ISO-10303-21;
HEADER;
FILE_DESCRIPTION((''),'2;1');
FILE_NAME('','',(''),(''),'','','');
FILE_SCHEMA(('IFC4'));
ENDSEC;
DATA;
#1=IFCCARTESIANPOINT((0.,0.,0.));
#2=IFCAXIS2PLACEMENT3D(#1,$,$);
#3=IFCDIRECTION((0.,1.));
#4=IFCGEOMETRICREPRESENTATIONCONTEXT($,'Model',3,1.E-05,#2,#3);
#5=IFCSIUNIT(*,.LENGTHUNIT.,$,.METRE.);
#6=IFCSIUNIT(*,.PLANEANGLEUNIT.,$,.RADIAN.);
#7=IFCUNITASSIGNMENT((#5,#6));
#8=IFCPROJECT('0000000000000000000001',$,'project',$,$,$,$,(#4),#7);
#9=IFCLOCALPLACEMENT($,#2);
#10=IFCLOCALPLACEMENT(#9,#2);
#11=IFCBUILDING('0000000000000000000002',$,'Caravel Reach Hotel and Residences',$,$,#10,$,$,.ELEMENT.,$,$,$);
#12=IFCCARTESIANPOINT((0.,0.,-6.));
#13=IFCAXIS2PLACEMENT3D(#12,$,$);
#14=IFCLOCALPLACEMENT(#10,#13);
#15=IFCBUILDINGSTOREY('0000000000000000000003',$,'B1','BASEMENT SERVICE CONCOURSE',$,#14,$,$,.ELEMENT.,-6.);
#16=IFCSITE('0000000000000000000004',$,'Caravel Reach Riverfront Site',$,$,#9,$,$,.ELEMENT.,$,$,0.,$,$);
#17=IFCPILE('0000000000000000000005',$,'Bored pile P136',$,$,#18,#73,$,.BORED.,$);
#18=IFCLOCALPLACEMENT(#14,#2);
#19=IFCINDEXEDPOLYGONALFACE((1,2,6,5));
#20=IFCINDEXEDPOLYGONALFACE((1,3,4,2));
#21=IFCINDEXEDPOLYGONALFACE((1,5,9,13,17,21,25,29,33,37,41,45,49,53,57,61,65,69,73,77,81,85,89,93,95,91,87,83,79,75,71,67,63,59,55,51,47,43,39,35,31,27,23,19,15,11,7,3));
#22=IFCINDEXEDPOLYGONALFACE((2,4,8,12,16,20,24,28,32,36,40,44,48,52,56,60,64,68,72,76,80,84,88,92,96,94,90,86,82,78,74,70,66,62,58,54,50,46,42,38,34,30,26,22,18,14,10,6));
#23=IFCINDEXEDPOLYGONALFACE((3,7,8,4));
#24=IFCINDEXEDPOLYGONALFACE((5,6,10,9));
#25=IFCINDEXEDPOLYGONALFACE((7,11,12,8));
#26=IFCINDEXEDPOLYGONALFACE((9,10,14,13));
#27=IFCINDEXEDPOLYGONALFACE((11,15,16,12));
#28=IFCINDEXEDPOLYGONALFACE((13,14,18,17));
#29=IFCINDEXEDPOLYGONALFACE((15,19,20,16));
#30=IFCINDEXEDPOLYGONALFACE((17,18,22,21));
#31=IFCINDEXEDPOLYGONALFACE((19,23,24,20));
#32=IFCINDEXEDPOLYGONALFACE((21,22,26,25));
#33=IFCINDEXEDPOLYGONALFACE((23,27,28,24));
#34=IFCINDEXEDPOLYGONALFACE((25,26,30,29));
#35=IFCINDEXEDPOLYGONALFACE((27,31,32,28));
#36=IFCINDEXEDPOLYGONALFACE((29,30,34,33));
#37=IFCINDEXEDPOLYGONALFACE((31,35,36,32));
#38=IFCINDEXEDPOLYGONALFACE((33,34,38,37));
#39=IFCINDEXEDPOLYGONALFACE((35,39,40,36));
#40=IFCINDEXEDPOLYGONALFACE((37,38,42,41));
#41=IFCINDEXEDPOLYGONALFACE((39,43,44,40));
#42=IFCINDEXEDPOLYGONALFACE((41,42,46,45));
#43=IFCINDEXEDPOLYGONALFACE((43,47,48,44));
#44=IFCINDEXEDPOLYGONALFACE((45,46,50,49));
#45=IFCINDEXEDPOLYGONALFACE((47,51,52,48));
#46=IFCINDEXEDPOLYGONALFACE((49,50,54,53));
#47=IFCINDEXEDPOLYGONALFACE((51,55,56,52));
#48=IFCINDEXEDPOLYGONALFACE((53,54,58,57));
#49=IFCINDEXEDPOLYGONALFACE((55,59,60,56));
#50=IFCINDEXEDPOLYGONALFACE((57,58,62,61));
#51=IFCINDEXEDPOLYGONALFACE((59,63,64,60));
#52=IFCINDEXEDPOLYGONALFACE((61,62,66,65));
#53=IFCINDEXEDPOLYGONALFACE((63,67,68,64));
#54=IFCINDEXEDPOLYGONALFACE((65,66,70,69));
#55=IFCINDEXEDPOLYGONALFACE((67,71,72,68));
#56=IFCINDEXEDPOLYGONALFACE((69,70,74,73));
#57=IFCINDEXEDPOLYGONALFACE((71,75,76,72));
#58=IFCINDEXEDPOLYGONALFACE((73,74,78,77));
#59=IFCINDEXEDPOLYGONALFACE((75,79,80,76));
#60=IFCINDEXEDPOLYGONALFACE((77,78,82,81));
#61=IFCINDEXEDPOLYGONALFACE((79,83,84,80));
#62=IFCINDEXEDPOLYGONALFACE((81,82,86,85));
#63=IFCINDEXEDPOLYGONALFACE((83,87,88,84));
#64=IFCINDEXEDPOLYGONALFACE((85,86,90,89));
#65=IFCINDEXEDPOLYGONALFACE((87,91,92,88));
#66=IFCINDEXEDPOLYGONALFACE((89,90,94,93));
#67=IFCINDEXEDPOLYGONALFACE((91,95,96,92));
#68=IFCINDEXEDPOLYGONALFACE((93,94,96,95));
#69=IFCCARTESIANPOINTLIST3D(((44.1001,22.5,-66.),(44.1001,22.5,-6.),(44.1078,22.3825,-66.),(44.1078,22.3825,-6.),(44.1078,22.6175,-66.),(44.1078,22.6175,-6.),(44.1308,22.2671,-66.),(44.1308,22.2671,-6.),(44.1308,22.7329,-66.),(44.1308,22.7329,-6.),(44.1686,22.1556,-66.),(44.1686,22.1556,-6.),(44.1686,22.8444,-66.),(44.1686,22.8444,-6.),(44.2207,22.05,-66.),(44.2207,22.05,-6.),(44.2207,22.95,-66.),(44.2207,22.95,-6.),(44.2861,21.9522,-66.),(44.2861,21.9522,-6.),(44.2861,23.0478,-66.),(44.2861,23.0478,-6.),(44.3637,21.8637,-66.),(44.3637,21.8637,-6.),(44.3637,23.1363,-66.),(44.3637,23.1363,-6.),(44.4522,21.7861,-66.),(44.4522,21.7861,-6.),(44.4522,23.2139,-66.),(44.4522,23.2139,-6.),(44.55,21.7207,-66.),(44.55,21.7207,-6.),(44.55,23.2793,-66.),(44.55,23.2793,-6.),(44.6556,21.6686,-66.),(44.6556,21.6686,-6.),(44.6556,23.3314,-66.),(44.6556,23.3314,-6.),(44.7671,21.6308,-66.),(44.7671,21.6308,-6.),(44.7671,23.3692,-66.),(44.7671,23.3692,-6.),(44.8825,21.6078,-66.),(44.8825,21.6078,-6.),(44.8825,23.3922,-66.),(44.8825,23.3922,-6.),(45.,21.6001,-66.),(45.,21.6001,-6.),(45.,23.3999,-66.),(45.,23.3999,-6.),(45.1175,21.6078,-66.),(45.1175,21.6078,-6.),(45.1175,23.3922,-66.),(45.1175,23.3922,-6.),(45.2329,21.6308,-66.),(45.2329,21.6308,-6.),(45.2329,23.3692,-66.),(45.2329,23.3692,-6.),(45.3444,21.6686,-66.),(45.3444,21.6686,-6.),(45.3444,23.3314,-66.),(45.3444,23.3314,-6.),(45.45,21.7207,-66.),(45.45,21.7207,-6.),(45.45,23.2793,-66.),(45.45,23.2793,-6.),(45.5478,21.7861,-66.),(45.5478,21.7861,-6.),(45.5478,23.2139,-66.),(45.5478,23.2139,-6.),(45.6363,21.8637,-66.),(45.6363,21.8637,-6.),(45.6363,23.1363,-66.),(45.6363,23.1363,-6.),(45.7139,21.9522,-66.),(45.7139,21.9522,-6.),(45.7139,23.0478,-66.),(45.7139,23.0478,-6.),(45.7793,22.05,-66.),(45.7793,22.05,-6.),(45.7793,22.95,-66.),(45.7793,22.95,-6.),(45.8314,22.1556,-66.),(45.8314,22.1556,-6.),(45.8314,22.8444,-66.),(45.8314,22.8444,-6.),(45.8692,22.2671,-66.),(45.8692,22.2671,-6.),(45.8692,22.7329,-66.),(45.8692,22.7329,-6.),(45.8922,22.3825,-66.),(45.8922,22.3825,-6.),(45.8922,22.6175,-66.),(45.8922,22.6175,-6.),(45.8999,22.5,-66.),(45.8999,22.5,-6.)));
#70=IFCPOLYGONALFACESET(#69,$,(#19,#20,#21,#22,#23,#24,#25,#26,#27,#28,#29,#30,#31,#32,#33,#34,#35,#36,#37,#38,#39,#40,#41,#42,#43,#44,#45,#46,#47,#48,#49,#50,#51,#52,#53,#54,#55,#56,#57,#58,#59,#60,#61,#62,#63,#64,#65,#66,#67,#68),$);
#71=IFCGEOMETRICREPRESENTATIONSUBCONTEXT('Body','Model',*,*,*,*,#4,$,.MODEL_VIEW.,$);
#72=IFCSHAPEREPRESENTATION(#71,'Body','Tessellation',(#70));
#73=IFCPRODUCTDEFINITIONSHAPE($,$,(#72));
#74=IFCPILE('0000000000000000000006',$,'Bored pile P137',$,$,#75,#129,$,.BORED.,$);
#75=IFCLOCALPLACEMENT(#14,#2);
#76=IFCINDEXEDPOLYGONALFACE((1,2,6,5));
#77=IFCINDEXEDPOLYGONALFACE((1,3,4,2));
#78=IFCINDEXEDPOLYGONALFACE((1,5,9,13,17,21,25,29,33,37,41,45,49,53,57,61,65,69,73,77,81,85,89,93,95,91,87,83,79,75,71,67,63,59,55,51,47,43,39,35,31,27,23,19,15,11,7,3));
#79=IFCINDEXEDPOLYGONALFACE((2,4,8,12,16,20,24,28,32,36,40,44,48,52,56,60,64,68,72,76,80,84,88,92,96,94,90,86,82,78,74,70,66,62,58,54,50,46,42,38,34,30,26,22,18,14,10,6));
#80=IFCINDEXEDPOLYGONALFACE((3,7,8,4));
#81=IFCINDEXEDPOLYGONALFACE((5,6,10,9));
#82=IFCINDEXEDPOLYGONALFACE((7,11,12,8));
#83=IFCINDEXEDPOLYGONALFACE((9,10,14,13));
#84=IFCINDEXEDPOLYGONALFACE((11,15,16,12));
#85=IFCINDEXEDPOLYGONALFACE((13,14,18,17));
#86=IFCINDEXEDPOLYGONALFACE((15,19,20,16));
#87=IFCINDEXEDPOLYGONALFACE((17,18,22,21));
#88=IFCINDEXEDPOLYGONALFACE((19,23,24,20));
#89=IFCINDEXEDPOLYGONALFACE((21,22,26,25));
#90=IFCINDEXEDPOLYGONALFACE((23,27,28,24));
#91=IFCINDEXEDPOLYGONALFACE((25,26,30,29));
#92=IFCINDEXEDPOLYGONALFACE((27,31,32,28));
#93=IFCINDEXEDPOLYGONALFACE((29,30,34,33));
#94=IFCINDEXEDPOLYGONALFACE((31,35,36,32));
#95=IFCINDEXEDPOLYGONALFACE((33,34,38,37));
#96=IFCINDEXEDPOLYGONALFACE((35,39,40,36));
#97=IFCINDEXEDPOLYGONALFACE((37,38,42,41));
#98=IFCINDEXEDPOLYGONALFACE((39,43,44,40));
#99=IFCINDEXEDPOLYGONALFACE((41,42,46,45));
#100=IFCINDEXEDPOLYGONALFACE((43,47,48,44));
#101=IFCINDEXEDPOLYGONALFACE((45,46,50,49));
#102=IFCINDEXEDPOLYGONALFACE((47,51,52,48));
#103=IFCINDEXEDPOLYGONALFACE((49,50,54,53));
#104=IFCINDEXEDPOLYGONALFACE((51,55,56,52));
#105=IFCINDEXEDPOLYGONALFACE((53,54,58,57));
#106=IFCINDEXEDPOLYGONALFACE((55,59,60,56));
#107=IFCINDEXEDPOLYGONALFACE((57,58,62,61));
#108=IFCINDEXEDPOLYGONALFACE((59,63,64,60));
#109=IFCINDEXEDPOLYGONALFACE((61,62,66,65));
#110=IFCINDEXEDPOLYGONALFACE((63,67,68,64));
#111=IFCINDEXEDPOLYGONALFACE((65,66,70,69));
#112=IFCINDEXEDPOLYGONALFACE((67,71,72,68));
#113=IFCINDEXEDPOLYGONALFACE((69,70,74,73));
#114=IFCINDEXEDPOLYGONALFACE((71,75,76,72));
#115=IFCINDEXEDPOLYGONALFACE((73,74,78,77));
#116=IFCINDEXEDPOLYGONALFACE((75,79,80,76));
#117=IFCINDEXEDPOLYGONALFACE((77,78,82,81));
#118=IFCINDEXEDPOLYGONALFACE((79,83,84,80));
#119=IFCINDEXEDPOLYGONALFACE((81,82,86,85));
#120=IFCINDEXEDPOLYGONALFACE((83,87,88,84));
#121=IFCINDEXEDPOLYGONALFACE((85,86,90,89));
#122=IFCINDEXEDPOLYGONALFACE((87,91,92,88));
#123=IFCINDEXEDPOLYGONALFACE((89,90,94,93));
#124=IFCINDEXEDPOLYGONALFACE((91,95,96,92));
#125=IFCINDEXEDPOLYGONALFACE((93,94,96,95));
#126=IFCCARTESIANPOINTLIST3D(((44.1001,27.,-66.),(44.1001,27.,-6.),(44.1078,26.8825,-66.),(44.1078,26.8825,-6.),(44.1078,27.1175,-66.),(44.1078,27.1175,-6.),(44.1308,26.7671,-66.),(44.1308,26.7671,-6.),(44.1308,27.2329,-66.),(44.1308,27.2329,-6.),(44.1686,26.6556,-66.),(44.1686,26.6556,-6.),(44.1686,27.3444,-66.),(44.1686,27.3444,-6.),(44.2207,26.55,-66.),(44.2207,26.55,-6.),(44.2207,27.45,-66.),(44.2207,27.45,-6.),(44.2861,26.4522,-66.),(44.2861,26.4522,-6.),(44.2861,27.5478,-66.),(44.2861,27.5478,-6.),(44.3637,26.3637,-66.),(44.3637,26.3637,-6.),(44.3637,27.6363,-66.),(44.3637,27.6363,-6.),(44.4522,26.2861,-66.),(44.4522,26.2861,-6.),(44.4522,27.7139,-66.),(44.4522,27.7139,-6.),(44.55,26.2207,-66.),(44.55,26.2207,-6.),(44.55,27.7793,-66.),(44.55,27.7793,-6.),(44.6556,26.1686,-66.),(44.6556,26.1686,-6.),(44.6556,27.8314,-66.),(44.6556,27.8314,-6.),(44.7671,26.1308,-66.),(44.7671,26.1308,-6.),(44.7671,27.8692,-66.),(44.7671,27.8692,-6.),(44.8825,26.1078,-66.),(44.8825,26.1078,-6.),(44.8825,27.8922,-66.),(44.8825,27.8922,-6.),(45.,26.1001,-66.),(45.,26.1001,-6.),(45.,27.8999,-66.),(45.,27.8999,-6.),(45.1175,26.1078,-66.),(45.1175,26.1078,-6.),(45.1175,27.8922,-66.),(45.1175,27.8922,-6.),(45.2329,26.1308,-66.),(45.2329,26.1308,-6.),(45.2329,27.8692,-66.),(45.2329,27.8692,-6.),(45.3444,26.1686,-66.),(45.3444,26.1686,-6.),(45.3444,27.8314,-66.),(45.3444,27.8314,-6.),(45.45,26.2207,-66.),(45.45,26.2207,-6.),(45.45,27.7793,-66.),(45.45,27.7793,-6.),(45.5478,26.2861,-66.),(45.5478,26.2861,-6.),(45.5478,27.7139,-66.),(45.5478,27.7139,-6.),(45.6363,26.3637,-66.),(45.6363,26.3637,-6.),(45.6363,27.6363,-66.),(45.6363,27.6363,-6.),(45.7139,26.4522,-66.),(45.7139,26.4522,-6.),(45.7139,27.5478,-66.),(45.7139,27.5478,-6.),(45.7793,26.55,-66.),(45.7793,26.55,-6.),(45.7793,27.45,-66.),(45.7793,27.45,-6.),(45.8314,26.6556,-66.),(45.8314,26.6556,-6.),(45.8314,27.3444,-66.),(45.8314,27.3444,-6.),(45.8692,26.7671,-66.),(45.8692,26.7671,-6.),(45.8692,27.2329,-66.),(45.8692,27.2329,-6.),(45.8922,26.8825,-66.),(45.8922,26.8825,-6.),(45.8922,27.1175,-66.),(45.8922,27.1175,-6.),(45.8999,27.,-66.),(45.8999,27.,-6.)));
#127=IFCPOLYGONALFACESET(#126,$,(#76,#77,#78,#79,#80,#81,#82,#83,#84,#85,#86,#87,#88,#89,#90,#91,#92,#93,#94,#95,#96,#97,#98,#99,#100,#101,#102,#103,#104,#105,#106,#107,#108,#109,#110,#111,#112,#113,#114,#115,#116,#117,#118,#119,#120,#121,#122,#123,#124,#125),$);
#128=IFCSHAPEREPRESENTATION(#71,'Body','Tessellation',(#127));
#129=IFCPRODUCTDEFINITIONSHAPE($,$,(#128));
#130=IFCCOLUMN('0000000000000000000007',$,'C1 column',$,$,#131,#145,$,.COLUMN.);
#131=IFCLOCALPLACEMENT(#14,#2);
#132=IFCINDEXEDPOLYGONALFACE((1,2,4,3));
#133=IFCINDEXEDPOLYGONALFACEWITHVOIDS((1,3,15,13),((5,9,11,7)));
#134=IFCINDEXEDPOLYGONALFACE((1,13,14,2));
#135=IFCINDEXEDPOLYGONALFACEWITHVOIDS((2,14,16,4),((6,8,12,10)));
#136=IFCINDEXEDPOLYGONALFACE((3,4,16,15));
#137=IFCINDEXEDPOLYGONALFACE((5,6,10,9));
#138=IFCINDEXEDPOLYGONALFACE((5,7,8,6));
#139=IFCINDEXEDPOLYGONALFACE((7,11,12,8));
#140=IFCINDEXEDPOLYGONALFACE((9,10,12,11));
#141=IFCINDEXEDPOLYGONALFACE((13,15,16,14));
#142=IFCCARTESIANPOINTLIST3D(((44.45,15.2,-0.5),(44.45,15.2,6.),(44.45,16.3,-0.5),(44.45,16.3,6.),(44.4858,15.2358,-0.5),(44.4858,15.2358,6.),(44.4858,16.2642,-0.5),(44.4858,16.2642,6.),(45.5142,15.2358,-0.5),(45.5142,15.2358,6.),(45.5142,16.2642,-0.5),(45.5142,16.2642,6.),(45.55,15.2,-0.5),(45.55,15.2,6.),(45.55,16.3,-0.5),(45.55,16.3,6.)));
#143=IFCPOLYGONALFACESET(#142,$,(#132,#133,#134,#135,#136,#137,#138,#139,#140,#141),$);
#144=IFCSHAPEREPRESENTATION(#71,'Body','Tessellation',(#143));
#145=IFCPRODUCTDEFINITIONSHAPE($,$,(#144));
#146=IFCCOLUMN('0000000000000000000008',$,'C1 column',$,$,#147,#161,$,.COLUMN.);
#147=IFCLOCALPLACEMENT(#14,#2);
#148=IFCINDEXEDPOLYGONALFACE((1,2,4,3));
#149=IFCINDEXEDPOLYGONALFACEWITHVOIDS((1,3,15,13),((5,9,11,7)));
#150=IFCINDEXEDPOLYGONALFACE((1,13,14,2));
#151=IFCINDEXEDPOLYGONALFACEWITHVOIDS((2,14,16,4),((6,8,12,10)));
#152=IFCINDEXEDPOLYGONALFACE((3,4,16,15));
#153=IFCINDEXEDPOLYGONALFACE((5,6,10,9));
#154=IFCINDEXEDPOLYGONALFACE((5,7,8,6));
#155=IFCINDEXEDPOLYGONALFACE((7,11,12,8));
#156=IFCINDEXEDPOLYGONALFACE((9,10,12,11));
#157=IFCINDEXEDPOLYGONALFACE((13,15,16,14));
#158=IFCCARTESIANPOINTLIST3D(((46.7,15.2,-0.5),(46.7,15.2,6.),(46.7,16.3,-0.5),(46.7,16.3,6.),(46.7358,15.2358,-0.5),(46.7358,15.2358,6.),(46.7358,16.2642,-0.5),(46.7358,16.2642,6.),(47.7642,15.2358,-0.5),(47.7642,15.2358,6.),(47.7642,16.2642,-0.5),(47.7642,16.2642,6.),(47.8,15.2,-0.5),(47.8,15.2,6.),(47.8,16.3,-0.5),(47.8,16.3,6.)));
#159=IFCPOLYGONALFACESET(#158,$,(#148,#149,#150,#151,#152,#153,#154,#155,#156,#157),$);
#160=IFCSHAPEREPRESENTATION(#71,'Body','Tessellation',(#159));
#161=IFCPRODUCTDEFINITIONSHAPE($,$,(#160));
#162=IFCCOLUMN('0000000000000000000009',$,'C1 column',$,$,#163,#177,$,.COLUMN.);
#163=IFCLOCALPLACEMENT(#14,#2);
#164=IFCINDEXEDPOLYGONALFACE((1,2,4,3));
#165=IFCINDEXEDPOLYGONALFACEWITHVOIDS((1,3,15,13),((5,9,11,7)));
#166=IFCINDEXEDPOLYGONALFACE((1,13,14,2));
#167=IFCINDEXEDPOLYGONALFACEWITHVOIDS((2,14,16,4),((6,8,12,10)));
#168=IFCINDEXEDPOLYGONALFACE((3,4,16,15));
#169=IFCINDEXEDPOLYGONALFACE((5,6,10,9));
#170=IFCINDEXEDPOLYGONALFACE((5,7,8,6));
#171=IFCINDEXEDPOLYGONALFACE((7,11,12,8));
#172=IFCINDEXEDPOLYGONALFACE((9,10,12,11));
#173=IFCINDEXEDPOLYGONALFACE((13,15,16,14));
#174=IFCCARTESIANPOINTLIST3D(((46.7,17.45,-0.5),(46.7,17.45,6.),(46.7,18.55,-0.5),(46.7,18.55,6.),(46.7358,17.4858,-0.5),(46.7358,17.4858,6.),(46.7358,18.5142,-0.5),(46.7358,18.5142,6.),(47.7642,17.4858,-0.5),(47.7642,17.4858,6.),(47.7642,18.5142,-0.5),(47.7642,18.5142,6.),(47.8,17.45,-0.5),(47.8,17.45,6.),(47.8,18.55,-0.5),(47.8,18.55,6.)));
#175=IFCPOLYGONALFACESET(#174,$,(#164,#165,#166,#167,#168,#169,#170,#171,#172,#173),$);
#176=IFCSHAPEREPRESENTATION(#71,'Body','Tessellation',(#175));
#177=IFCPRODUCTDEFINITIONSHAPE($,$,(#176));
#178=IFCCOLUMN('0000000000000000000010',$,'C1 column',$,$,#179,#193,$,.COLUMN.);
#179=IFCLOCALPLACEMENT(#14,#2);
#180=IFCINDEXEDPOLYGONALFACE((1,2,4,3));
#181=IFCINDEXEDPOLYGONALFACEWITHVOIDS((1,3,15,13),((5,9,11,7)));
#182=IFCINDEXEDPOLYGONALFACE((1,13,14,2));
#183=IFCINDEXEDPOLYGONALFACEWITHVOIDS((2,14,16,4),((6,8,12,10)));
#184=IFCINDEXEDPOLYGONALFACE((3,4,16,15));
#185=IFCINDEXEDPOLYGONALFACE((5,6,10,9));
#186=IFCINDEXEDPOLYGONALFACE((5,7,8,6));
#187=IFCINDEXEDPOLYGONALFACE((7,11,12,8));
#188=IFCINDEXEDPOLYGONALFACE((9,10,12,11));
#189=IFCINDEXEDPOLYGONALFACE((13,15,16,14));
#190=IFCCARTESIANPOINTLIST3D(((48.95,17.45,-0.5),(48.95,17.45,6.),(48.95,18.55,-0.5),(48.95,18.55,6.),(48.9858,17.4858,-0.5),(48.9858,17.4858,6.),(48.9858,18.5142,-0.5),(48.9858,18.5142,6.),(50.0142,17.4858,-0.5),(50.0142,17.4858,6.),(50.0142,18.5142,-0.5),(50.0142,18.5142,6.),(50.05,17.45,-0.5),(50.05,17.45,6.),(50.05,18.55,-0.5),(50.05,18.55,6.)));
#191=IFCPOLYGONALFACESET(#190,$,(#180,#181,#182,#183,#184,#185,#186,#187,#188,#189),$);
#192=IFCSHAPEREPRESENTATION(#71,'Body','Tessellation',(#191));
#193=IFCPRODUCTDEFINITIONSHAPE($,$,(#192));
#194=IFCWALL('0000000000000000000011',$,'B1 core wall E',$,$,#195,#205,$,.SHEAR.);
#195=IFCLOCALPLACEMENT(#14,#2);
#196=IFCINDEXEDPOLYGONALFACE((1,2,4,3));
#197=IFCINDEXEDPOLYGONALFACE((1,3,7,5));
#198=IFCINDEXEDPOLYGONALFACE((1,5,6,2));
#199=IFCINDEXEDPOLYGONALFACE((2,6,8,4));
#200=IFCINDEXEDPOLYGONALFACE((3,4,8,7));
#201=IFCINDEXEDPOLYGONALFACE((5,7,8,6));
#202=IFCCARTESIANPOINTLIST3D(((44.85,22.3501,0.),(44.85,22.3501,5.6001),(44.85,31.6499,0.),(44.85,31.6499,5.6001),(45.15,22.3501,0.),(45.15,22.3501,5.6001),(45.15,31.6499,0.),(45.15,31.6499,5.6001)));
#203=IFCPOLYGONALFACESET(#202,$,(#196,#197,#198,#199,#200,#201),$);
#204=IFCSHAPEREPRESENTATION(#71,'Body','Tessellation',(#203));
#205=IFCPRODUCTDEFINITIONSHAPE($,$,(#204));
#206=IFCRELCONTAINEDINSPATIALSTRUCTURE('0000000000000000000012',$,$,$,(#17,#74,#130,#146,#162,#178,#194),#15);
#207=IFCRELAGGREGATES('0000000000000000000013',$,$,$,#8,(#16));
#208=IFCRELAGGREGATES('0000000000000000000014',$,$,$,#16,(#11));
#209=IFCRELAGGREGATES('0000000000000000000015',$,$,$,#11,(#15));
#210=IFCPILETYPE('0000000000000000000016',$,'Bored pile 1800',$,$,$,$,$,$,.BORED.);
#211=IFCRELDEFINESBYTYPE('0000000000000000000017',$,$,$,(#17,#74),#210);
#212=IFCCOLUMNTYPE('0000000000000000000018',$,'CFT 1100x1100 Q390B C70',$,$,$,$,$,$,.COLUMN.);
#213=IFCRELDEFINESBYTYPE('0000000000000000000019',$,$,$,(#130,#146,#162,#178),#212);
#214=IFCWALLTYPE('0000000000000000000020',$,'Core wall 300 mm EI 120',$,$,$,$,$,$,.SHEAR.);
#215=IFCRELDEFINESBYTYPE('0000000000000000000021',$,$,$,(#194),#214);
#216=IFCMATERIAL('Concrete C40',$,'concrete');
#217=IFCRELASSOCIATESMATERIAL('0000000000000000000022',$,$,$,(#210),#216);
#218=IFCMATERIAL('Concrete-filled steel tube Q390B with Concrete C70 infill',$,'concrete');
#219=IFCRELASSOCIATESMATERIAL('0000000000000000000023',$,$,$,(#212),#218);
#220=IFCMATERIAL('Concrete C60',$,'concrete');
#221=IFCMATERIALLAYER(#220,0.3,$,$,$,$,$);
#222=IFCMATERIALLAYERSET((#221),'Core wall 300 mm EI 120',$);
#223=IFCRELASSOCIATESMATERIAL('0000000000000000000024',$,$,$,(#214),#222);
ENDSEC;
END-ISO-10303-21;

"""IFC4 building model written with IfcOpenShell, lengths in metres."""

from ifc_helpers import new_model, si_unit, direction, frame, frame_2d, origin, origin_2d, place, context, subcontext, project, spatial, rectangle, hollow_rectangle, circle, extrude, material, layer, layer_set, material_profile, profile_set, type_object, element, save


model = new_model("IFC4")

# Units and contexts
model_context = context("Model", 3, precision=1e-05, world=origin(), true_north=direction((0.0, 1.0)))
body_context = subcontext(model_context, "Body", "Model", "MODEL_VIEW")
ifc_project = project(units=[si_unit("LENGTHUNIT", "METRE"), si_unit("PLANEANGLEUNIT", "RADIAN")], contexts=[model_context])

# Site, building, storey
site_placement = place(None, origin())
site = spatial("IfcSite", under=ifc_project, at=site_placement, Name="Caravel Reach Riverfront Site", CompositionType="ELEMENT", RefElevation=0.0)
building_placement = place(site_placement, origin())
building = spatial("IfcBuilding", under=site, at=building_placement, Name="Caravel Reach Hotel and Residences", CompositionType="ELEMENT")
storey_placement = place(building_placement, frame((0.0, 0.0, -6.0)))
storey = spatial("IfcBuildingStorey", under=building, at=storey_placement, Name="B1", Description="BASEMENT SERVICE CONCOURSE", CompositionType="ELEMENT", Elevation=-6.0)

# Piles
ifc_material_1 = material(Name="Concrete C40", Category="concrete")
ifc_material_profile_1 = material_profile(ifc_material_1, circle(Radius=0.8999, at=origin_2d()), Name="PILE 1800")
ifc_profile_set_1 = profile_set([ifc_material_profile_1], Name="Concrete C40")
pile_type_1 = type_object("IfcPileType", Name="Bored pile 1800", PredefinedType="BORED", material=ifc_profile_set_1)
for number, where, z_axis, x_axis, name in (
    (1, (45.0, 22.5, -6.0), (0.0, 0.0, -1.0), (1.0, 0.0, 0.0), "Bored pile P136"),
    (2, (45.0, 27.0, -6.0), (0.0, 0.0, -1.0), (1.0, 0.0, 0.0), "Bored pile P137"),
):
    element("IfcPile", number, at=place(storey_placement, frame(where, z_axis=z_axis, x_axis=x_axis)), inside=storey, type_object=pile_type_1, Name=name, PredefinedType="BORED", context=body_context, shape_type="SweptSolid", body=[
        extrude(circle(Radius=0.8999, at=origin_2d()), origin(), (0.0, 0.0, 1.0), 60.0),
    ])

# Columns
ifc_material_2 = material(Name="Concrete-filled steel tube Q390B with Concrete C70 infill", Category="concrete")
ifc_material_profile_2 = material_profile(ifc_material_2, hollow_rectangle(XDim=1.1001, YDim=1.1001, WallThickness=0.0359, at=origin_2d()), Name="RHS 1100x1100x36")
ifc_profile_set_2 = profile_set([ifc_material_profile_2], Name="Concrete-filled steel tube Q390B with Concrete C70 infill")
column_type = type_object("IfcColumnType", Name="CFT 1100x1100 Q390B C70", PredefinedType="COLUMN", material=ifc_profile_set_2)
for number, where, z_axis, x_axis, name in (
    (3, (45.0, 15.75, -0.5), (0.0, 0.0, 1.0), (1.0, 0.0, 0.0), "C1 column"),
    (4, (47.25, 15.75, -0.5), (0.0, 0.0, 1.0), (1.0, 0.0, 0.0), "C1 column"),
    (5, (47.25, 18.0, -0.5), (0.0, 0.0, 1.0), (1.0, 0.0, 0.0), "C1 column"),
    (6, (49.5, 18.0, -0.5), (0.0, 0.0, 1.0), (1.0, 0.0, 0.0), "C1 column"),
):
    element("IfcColumn", number, at=place(storey_placement, frame(where, z_axis=z_axis, x_axis=x_axis)), inside=storey, type_object=column_type, Name=name, PredefinedType="COLUMN", context=body_context, shape_type="SweptSolid", body=[
        extrude(hollow_rectangle(XDim=1.1001, YDim=1.1001, WallThickness=0.0359, at=origin_2d()), origin(), (0.0, 0.0, 1.0), 6.5),
    ])

# Wall
ifc_material_3 = material(Name="Concrete C60", Category="concrete")
ifc_layer_1 = layer(ifc_material_3, 0.3)
ifc_layer_set_1 = layer_set([ifc_layer_1], Name="Core wall 300 mm EI 120")
wall_type_1 = type_object("IfcWallType", Name="Core wall 300 mm EI 120", PredefinedType="SHEAR", material=ifc_layer_set_1)
wall_1_placement = place(storey_placement, frame((45.0, 22.3501, 0.0), z_axis=(0.0, 0.0, 1.0), x_axis=(0.0, 1.0, 0.0)))
element("IfcWall", 7, at=wall_1_placement, inside=storey, type_object=wall_type_1, Name="B1 core wall E", PredefinedType="SHEAR", context=body_context, shape_type="SweptSolid", body=[
    extrude(rectangle(XDim=9.2998, YDim=0.3, at=frame_2d((4.6499, 0.0))), origin(), (0.0, 0.0, 1.0), 5.6001),
])

save(model, "model.ifc")
